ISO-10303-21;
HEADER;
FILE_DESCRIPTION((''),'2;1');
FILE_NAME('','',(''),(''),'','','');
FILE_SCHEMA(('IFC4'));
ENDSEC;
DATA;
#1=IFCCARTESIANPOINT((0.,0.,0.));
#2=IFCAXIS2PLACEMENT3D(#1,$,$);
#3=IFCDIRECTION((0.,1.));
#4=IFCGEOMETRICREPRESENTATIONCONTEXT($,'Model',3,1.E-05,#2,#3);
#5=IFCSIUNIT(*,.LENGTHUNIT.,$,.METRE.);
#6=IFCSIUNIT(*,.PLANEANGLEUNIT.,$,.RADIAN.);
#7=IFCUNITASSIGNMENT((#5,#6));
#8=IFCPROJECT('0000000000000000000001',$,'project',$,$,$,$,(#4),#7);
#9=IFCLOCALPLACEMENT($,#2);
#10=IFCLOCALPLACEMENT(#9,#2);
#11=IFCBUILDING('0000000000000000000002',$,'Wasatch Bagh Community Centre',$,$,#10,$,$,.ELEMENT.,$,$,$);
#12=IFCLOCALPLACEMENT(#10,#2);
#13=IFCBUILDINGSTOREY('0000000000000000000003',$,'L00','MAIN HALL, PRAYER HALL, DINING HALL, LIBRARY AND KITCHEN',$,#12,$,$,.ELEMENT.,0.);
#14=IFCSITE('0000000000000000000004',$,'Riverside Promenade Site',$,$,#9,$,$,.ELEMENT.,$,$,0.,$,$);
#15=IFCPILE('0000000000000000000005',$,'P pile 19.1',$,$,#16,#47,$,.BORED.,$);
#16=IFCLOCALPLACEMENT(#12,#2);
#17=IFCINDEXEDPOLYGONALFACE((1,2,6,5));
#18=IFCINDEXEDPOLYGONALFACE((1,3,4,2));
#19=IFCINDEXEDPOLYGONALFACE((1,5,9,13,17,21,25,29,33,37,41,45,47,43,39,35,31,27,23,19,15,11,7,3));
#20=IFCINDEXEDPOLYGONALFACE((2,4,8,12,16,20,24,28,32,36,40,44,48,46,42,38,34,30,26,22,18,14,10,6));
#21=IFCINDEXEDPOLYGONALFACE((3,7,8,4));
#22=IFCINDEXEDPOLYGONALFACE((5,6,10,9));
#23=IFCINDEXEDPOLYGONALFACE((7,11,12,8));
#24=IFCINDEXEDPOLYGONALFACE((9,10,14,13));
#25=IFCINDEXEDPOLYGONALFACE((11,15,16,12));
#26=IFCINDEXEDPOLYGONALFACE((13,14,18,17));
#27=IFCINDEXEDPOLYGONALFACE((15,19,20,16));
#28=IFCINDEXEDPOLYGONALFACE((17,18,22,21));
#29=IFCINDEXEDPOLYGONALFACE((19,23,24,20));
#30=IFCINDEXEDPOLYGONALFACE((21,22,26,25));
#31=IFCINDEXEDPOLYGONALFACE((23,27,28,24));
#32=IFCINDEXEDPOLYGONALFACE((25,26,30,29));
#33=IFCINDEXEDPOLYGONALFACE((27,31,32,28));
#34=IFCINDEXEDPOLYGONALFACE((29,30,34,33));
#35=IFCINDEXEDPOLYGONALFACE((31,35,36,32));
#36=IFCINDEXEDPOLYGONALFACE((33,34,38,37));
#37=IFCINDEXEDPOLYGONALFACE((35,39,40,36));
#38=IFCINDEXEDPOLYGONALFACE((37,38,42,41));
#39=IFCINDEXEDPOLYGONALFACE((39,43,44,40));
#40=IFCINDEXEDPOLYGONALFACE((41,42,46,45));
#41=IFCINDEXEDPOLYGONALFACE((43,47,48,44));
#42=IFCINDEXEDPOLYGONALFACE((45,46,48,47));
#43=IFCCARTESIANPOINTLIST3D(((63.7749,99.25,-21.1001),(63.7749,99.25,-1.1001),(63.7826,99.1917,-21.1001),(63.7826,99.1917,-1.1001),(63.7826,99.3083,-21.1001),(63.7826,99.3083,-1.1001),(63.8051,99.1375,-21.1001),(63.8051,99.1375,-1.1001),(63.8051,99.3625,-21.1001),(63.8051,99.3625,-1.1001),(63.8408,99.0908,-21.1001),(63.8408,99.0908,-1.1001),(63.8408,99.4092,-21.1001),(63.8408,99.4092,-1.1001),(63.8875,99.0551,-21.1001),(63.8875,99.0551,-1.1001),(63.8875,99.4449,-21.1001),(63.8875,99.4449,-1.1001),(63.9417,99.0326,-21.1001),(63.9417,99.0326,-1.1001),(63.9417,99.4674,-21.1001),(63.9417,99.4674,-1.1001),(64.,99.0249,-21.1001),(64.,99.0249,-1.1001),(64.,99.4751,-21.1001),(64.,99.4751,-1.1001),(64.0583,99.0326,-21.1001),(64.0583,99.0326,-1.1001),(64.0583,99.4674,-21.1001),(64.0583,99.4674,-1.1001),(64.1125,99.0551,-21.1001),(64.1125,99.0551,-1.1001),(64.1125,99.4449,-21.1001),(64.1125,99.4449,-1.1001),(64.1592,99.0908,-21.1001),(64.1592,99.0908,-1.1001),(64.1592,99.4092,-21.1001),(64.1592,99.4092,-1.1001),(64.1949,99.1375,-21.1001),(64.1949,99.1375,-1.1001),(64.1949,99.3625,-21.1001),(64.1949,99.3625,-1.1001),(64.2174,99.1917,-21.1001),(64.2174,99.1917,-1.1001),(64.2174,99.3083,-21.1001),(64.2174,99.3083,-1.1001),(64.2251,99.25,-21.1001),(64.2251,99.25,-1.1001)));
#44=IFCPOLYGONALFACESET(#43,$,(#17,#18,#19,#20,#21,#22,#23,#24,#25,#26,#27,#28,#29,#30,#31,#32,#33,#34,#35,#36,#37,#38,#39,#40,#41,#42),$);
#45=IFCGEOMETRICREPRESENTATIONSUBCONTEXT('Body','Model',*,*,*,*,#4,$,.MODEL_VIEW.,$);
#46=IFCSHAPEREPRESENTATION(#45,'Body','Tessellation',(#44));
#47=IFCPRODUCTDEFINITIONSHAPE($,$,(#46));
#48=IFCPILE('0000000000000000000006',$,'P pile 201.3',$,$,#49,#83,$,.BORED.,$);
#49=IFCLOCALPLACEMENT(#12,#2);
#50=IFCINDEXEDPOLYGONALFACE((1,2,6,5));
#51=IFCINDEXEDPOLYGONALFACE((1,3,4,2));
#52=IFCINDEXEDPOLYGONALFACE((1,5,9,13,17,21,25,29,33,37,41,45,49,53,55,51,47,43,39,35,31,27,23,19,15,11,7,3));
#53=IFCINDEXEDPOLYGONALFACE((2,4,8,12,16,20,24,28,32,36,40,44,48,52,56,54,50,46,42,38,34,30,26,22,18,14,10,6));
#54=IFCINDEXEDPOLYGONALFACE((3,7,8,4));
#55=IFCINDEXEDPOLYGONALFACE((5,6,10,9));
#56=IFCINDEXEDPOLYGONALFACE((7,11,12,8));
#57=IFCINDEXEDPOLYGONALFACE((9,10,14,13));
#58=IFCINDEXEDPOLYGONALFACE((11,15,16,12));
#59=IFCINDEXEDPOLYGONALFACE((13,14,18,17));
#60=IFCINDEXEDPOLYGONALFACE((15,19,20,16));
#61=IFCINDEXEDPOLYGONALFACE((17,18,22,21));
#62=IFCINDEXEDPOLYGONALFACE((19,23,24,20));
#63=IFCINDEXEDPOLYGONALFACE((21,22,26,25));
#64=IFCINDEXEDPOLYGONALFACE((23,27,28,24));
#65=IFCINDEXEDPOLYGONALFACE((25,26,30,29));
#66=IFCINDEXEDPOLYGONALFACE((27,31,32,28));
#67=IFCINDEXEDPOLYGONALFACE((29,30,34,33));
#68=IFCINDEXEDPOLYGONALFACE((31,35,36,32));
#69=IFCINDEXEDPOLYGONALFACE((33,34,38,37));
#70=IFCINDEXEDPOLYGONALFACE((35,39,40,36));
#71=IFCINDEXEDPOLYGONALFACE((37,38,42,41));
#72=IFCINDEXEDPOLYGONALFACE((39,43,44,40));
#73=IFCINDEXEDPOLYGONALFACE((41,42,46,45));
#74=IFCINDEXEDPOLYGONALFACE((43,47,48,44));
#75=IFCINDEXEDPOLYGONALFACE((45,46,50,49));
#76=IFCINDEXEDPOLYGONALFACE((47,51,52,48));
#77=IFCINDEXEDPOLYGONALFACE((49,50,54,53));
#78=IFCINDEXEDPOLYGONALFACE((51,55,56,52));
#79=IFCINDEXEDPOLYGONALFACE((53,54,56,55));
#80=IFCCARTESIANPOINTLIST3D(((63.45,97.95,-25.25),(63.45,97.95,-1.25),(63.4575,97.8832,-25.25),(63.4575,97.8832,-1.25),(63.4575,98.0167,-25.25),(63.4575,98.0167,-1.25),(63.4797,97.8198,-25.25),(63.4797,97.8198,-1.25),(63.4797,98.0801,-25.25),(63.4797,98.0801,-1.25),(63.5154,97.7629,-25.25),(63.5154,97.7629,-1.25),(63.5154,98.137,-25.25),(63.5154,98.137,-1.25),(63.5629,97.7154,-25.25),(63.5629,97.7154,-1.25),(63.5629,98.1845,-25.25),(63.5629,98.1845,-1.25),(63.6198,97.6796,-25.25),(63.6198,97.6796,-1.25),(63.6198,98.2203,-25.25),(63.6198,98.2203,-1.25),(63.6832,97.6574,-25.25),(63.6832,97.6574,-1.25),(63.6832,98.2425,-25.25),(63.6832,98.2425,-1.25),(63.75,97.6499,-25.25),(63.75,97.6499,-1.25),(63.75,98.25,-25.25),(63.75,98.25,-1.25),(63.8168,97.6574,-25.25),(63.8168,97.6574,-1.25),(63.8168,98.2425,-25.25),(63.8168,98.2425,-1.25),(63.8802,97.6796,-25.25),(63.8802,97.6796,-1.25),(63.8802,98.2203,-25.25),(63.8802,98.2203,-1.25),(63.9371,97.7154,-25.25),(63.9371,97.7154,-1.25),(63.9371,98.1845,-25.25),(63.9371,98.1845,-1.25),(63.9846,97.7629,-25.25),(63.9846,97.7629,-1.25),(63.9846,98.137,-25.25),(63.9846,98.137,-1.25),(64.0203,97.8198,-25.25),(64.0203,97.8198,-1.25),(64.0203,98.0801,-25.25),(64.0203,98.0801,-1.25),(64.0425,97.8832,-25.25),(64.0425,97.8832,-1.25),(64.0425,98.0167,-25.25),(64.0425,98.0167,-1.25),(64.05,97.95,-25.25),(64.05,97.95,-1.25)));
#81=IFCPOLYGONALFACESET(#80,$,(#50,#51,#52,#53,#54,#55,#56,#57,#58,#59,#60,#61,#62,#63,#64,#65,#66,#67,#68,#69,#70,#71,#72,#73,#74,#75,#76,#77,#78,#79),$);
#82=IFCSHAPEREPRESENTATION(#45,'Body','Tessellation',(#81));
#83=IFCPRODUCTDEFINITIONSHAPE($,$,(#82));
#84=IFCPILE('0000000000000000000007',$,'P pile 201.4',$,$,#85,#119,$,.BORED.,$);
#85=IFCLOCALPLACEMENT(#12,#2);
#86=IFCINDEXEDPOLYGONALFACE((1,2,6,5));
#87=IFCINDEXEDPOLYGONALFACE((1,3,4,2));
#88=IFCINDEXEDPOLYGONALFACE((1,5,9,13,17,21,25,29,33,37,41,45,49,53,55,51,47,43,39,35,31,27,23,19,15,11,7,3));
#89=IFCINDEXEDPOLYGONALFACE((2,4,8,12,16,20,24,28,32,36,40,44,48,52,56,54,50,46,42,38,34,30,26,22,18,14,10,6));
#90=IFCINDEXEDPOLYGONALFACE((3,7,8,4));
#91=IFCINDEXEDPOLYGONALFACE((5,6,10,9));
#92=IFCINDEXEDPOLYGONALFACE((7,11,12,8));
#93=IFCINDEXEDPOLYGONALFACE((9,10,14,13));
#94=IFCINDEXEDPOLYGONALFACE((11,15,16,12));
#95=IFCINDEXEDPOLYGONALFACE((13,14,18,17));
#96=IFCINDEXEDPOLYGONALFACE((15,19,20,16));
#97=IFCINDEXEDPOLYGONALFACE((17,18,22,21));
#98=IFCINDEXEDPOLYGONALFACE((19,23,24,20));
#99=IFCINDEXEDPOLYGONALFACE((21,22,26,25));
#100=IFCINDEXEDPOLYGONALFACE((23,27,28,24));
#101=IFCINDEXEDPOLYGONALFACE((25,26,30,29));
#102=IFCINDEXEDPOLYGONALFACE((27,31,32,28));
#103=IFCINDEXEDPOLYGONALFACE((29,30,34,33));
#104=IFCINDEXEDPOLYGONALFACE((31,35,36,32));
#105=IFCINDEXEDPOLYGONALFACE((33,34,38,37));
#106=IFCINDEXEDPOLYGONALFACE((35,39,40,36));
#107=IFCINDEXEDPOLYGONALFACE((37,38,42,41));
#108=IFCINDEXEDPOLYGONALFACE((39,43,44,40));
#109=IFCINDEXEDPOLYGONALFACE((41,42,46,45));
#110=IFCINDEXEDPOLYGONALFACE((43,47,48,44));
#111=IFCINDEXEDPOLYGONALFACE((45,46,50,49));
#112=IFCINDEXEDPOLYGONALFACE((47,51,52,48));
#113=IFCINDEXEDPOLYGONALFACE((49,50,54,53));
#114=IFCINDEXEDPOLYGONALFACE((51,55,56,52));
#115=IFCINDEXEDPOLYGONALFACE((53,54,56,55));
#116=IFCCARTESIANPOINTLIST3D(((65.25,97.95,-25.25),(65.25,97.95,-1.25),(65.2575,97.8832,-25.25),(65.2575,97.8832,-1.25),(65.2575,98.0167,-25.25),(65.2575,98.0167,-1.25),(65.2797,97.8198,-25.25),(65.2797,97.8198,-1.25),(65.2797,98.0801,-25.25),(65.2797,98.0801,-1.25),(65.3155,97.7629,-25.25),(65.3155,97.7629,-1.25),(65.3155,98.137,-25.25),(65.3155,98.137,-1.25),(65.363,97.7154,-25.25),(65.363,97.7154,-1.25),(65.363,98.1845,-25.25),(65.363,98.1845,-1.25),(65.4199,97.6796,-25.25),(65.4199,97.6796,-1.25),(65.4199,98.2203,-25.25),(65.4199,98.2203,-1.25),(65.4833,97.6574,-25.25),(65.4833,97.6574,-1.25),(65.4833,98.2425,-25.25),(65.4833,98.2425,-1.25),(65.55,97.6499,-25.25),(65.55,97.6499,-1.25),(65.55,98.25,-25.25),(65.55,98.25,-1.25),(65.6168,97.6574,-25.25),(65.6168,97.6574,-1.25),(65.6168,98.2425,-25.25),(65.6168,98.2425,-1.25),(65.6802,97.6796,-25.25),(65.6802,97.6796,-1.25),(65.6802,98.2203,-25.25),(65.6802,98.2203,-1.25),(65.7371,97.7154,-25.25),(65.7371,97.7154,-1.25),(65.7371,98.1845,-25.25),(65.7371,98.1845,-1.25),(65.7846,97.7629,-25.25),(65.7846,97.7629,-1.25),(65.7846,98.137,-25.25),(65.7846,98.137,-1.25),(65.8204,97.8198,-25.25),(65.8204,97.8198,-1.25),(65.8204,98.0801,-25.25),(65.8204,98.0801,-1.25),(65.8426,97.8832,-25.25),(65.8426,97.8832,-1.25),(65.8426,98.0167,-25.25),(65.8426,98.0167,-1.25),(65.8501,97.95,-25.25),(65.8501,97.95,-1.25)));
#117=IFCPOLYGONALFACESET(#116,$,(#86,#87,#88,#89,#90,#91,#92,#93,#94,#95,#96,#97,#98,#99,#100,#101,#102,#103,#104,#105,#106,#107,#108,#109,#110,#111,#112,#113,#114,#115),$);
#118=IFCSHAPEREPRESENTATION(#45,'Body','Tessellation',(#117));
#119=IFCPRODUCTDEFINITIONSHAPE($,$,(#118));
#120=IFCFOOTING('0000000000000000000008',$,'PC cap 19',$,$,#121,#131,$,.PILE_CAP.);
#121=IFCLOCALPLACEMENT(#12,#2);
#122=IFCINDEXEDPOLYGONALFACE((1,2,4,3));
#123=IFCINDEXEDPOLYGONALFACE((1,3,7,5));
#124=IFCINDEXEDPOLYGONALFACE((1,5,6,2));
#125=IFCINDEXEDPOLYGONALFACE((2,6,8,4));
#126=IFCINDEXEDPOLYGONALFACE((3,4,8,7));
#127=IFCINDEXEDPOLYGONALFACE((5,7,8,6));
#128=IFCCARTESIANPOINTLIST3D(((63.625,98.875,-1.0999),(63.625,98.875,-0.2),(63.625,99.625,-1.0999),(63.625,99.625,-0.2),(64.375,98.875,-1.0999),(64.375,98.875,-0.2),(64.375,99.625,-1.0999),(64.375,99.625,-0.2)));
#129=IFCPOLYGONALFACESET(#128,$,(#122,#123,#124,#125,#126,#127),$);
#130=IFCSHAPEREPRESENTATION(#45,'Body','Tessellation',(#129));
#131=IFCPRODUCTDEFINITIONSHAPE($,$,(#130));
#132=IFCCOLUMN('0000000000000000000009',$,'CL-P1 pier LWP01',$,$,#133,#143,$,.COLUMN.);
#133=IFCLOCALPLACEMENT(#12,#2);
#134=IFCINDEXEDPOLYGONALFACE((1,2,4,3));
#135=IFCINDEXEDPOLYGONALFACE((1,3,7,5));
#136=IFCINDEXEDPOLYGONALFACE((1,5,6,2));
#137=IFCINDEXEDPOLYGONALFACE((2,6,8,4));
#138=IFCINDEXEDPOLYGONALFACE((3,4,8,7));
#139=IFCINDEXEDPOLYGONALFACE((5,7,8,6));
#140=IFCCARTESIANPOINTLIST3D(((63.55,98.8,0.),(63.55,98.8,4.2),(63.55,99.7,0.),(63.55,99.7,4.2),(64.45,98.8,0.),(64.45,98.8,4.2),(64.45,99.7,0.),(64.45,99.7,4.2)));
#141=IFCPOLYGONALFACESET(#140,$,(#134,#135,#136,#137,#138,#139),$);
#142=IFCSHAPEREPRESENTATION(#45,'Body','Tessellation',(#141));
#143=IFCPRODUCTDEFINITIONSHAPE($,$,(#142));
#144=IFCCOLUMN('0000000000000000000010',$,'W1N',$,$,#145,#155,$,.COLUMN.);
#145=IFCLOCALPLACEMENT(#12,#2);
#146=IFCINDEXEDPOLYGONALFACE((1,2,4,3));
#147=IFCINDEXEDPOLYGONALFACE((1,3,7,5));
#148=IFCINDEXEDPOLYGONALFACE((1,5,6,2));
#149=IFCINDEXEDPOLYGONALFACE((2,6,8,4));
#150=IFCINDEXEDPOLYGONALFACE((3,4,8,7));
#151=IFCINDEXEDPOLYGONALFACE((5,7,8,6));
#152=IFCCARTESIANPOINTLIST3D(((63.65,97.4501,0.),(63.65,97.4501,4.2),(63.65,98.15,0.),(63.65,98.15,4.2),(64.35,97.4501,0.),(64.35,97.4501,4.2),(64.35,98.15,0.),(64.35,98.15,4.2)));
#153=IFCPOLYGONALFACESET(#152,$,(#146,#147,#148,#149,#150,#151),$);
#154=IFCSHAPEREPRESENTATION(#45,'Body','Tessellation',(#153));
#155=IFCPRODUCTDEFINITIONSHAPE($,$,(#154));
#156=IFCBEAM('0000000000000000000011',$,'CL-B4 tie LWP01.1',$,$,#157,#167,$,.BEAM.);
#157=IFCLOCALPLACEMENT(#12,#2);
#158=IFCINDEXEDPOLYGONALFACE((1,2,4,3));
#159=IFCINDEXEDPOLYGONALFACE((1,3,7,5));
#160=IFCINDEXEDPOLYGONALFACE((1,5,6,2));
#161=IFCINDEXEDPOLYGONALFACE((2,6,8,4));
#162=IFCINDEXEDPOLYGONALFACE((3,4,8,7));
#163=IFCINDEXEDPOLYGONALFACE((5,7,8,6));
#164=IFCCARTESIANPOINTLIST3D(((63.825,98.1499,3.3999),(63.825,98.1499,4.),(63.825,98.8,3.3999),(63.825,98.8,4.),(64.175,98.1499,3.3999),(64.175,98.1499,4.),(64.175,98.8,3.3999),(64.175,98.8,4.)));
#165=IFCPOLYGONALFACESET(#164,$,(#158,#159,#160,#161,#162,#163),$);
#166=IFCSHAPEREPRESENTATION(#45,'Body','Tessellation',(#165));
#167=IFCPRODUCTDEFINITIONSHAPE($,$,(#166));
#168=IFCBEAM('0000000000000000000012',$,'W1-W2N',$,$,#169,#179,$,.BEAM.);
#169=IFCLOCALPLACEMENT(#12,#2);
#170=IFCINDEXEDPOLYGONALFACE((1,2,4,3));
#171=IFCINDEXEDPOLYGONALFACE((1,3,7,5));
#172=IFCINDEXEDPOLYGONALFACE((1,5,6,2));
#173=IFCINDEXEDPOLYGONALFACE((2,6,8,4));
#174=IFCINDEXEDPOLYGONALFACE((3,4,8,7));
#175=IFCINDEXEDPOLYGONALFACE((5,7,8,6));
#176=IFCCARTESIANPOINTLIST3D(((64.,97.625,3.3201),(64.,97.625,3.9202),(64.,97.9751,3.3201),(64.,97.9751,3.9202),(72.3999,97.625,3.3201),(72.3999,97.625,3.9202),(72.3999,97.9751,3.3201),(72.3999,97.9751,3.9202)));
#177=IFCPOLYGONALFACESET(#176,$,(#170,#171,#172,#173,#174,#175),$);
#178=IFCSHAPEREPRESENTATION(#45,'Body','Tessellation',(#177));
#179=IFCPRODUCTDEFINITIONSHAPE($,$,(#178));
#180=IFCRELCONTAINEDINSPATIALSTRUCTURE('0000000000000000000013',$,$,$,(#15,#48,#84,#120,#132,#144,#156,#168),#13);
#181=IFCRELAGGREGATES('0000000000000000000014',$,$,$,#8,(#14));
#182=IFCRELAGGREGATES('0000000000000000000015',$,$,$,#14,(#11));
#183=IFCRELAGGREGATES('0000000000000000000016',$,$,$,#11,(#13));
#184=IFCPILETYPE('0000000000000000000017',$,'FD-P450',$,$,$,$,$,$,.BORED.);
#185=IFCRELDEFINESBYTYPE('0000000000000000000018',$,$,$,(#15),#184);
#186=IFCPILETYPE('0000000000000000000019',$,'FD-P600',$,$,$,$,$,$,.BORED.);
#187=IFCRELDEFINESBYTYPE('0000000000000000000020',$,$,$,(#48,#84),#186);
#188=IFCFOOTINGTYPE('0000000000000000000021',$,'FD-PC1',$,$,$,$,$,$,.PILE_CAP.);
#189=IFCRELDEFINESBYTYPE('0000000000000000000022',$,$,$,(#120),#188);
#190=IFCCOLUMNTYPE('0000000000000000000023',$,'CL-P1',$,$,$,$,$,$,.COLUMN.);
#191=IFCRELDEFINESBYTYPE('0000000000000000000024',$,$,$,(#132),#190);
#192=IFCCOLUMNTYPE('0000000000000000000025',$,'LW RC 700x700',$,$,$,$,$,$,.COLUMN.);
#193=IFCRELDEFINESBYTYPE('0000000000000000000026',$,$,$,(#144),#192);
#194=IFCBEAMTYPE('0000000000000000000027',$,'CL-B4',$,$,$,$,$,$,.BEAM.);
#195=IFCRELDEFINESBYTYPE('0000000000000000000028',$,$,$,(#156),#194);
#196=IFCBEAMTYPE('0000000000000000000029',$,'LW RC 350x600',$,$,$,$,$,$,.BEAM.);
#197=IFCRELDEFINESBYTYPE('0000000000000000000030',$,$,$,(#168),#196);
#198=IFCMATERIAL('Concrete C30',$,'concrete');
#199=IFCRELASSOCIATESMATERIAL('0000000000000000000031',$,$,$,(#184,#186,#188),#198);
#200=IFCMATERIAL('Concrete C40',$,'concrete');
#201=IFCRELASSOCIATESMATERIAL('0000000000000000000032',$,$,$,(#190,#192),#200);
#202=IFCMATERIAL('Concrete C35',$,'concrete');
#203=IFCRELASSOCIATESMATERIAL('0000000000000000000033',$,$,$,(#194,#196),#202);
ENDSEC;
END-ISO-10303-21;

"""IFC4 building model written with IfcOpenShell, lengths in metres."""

from ifc_helpers import new_model, si_unit, direction, frame, origin, origin_2d, place, context, subcontext, project, spatial, rectangle, circle, extrude, material, material_profile, profile_set, type_object, element, save


model = new_model("IFC4")

# Units and contexts
model_context = context("Model", 3, precision=1e-05, world=origin(), true_north=direction((0.0, 1.0)))
body_context = subcontext(model_context, "Body", "Model", "MODEL_VIEW")
ifc_project = project(units=[si_unit("LENGTHUNIT", "METRE"), si_unit("PLANEANGLEUNIT", "RADIAN")], contexts=[model_context])

# Site, building, storey
site_placement = place(None, origin())
site = spatial("IfcSite", under=ifc_project, at=site_placement, Name="Riverside Promenade Site", CompositionType="ELEMENT", RefElevation=0.0)
building_placement = place(site_placement, origin())
building = spatial("IfcBuilding", under=site, at=building_placement, Name="Wasatch Bagh Community Centre", CompositionType="ELEMENT")
storey_placement = place(building_placement, origin())
storey = spatial("IfcBuildingStorey", under=building, at=storey_placement, Name="L00", Description="MAIN HALL, PRAYER HALL, DINING HALL, LIBRARY AND KITCHEN", CompositionType="ELEMENT", Elevation=0.0)

# Piles
ifc_material_1 = material(Name="Concrete C30", Category="concrete")
ifc_material_profile_1 = material_profile(ifc_material_1, circle(Radius=0.2251, at=origin_2d()), Name="RC D450")
ifc_profile_set_1 = profile_set([ifc_material_profile_1], Name="Concrete C30")
pile_type_1 = type_object("IfcPileType", Name="FD-P450", PredefinedType="BORED", material=ifc_profile_set_1)
pile_placement = place(storey_placement, frame((64.0, 99.25, -1.1001), z_axis=(0.0, 0.0, -1.0), x_axis=(1.0, 0.0, 0.0)))
element("IfcPile", 1, at=pile_placement, inside=storey, type_object=pile_type_1, Name="P pile 19.1", PredefinedType="BORED", context=body_context, shape_type="SweptSolid", body=[
    extrude(circle(Radius=0.2251, at=origin_2d()), origin(), (0.0, 0.0, 1.0), 20.0),
])
ifc_material_profile_2 = material_profile(ifc_material_1, circle(Radius=0.3, at=origin_2d()), Name="RC D600")
ifc_profile_set_2 = profile_set([ifc_material_profile_2], Name="Concrete C30")
pile_type_2 = type_object("IfcPileType", Name="FD-P600", PredefinedType="BORED", material=ifc_profile_set_2)
for number, where, z_axis, x_axis, name in (
    (2, (63.75, 97.95, -1.25), (0.0, 0.0, -1.0), (1.0, 0.0, 0.0), "P pile 201.3"),
    (3, (65.55, 97.95, -1.25), (0.0, 0.0, -1.0), (1.0, 0.0, 0.0), "P pile 201.4"),
):
    element("IfcPile", number, at=place(storey_placement, frame(where, z_axis=z_axis, x_axis=x_axis)), inside=storey, type_object=pile_type_2, Name=name, PredefinedType="BORED", context=body_context, shape_type="SweptSolid", body=[
        extrude(circle(Radius=0.3, at=origin_2d()), origin(), (0.0, 0.0, 1.0), 24.0),
    ])

# Footing
footing_type = type_object("IfcFootingType", Name="FD-PC1", PredefinedType="PILE_CAP", material=ifc_material_1)
footing_placement = place(storey_placement, frame((64.0, 99.25, -1.0999), z_axis=(0.0, 0.0, 1.0), x_axis=(1.0, 0.0, 0.0)))
element("IfcFooting", 4, at=footing_placement, inside=storey, type_object=footing_type, Name="PC cap 19", PredefinedType="PILE_CAP", context=body_context, shape_type="SweptSolid", body=[
    extrude(rectangle(XDim=0.75, YDim=0.75, at=origin_2d()), origin(), (0.0, 0.0, 1.0), 0.8999),
])

# Columns
ifc_material_2 = material(Name="Concrete C40", Category="concrete")
ifc_material_profile_3 = material_profile(ifc_material_2, rectangle(XDim=0.8999, YDim=0.8999, at=origin_2d()), Name="RC 900x900")
ifc_profile_set_3 = profile_set([ifc_material_profile_3], Name="Concrete C40")
column_type_1 = type_object("IfcColumnType", Name="CL-P1", PredefinedType="COLUMN", material=ifc_profile_set_3)
column_1_placement = place(storey_placement, frame((64.0, 99.25, 0.0), z_axis=(0.0, 0.0, 1.0), x_axis=(1.0, 0.0, 0.0)))
element("IfcColumn", 5, at=column_1_placement, inside=storey, type_object=column_type_1, Name="CL-P1 pier LWP01", PredefinedType="COLUMN", context=body_context, shape_type="SweptSolid", body=[
    extrude(rectangle(XDim=0.8999, YDim=0.8999, at=origin_2d()), origin(), (0.0, 0.0, 1.0), 4.2),
])
ifc_material_profile_4 = material_profile(ifc_material_2, rectangle(XDim=0.7, YDim=0.7, at=origin_2d()), Name="RC 700x700")
ifc_profile_set_4 = profile_set([ifc_material_profile_4], Name="Concrete C40")
column_type_2 = type_object("IfcColumnType", Name="LW RC 700x700", PredefinedType="COLUMN", material=ifc_profile_set_4)
column_2_placement = place(storey_placement, frame((64.0, 97.8, 0.0), z_axis=(0.0, 0.0, 1.0), x_axis=(1.0, 0.0, 0.0)))
element("IfcColumn", 6, at=column_2_placement, inside=storey, type_object=column_type_2, Name="W1N", PredefinedType="COLUMN", context=body_context, shape_type="SweptSolid", body=[
    extrude(rectangle(XDim=0.7, YDim=0.7, at=origin_2d()), origin(), (0.0, 0.0, 1.0), 4.2),
])

# Beams
ifc_material_3 = material(Name="Concrete C35", Category="concrete")
ifc_material_profile_5 = material_profile(ifc_material_3, rectangle(XDim=0.3501, YDim=0.6001, at=origin_2d()), Name="RC 350x600")
ifc_profile_set_5 = profile_set([ifc_material_profile_5], Name="Concrete C35")
beam_type_1 = type_object("IfcBeamType", Name="CL-B4", PredefinedType="BEAM", material=ifc_profile_set_5)
beam_1_placement = place(storey_placement, frame((64.0, 98.1499, 3.7), z_axis=(0.0, 1.0, 0.0), x_axis=(-1.0, 0.0, 0.0)))
element("IfcBeam", 7, at=beam_1_placement, inside=storey, type_object=beam_type_1, Name="CL-B4 tie LWP01.1", PredefinedType="BEAM", context=body_context, shape_type="SweptSolid", body=[
    extrude(rectangle(XDim=0.3501, YDim=0.6001, at=origin_2d()), origin(), (0.0, 0.0, 1.0), 0.6501),
])
ifc_material_profile_6 = material_profile(ifc_material_3, rectangle(XDim=0.3501, YDim=0.6001, at=origin_2d()), Name="RC 350x600")
ifc_profile_set_6 = profile_set([ifc_material_profile_6], Name="Concrete C35")
beam_type_2 = type_object("IfcBeamType", Name="LW RC 350x600", PredefinedType="BEAM", material=ifc_profile_set_6)
beam_2_placement = place(storey_placement, frame((64.0, 97.8, 3.6201), z_axis=(1.0, 0.0, 0.0), x_axis=(0.0, 1.0, 0.0)))
element("IfcBeam", 8, at=beam_2_placement, inside=storey, type_object=beam_type_2, Name="W1-W2N", PredefinedType="BEAM", context=body_context, shape_type="SweptSolid", body=[
    extrude(rectangle(XDim=0.3501, YDim=0.6001, at=origin_2d()), origin(), (0.0, 0.0, 1.0), 8.3999),
])

save(model, "model.ifc")
